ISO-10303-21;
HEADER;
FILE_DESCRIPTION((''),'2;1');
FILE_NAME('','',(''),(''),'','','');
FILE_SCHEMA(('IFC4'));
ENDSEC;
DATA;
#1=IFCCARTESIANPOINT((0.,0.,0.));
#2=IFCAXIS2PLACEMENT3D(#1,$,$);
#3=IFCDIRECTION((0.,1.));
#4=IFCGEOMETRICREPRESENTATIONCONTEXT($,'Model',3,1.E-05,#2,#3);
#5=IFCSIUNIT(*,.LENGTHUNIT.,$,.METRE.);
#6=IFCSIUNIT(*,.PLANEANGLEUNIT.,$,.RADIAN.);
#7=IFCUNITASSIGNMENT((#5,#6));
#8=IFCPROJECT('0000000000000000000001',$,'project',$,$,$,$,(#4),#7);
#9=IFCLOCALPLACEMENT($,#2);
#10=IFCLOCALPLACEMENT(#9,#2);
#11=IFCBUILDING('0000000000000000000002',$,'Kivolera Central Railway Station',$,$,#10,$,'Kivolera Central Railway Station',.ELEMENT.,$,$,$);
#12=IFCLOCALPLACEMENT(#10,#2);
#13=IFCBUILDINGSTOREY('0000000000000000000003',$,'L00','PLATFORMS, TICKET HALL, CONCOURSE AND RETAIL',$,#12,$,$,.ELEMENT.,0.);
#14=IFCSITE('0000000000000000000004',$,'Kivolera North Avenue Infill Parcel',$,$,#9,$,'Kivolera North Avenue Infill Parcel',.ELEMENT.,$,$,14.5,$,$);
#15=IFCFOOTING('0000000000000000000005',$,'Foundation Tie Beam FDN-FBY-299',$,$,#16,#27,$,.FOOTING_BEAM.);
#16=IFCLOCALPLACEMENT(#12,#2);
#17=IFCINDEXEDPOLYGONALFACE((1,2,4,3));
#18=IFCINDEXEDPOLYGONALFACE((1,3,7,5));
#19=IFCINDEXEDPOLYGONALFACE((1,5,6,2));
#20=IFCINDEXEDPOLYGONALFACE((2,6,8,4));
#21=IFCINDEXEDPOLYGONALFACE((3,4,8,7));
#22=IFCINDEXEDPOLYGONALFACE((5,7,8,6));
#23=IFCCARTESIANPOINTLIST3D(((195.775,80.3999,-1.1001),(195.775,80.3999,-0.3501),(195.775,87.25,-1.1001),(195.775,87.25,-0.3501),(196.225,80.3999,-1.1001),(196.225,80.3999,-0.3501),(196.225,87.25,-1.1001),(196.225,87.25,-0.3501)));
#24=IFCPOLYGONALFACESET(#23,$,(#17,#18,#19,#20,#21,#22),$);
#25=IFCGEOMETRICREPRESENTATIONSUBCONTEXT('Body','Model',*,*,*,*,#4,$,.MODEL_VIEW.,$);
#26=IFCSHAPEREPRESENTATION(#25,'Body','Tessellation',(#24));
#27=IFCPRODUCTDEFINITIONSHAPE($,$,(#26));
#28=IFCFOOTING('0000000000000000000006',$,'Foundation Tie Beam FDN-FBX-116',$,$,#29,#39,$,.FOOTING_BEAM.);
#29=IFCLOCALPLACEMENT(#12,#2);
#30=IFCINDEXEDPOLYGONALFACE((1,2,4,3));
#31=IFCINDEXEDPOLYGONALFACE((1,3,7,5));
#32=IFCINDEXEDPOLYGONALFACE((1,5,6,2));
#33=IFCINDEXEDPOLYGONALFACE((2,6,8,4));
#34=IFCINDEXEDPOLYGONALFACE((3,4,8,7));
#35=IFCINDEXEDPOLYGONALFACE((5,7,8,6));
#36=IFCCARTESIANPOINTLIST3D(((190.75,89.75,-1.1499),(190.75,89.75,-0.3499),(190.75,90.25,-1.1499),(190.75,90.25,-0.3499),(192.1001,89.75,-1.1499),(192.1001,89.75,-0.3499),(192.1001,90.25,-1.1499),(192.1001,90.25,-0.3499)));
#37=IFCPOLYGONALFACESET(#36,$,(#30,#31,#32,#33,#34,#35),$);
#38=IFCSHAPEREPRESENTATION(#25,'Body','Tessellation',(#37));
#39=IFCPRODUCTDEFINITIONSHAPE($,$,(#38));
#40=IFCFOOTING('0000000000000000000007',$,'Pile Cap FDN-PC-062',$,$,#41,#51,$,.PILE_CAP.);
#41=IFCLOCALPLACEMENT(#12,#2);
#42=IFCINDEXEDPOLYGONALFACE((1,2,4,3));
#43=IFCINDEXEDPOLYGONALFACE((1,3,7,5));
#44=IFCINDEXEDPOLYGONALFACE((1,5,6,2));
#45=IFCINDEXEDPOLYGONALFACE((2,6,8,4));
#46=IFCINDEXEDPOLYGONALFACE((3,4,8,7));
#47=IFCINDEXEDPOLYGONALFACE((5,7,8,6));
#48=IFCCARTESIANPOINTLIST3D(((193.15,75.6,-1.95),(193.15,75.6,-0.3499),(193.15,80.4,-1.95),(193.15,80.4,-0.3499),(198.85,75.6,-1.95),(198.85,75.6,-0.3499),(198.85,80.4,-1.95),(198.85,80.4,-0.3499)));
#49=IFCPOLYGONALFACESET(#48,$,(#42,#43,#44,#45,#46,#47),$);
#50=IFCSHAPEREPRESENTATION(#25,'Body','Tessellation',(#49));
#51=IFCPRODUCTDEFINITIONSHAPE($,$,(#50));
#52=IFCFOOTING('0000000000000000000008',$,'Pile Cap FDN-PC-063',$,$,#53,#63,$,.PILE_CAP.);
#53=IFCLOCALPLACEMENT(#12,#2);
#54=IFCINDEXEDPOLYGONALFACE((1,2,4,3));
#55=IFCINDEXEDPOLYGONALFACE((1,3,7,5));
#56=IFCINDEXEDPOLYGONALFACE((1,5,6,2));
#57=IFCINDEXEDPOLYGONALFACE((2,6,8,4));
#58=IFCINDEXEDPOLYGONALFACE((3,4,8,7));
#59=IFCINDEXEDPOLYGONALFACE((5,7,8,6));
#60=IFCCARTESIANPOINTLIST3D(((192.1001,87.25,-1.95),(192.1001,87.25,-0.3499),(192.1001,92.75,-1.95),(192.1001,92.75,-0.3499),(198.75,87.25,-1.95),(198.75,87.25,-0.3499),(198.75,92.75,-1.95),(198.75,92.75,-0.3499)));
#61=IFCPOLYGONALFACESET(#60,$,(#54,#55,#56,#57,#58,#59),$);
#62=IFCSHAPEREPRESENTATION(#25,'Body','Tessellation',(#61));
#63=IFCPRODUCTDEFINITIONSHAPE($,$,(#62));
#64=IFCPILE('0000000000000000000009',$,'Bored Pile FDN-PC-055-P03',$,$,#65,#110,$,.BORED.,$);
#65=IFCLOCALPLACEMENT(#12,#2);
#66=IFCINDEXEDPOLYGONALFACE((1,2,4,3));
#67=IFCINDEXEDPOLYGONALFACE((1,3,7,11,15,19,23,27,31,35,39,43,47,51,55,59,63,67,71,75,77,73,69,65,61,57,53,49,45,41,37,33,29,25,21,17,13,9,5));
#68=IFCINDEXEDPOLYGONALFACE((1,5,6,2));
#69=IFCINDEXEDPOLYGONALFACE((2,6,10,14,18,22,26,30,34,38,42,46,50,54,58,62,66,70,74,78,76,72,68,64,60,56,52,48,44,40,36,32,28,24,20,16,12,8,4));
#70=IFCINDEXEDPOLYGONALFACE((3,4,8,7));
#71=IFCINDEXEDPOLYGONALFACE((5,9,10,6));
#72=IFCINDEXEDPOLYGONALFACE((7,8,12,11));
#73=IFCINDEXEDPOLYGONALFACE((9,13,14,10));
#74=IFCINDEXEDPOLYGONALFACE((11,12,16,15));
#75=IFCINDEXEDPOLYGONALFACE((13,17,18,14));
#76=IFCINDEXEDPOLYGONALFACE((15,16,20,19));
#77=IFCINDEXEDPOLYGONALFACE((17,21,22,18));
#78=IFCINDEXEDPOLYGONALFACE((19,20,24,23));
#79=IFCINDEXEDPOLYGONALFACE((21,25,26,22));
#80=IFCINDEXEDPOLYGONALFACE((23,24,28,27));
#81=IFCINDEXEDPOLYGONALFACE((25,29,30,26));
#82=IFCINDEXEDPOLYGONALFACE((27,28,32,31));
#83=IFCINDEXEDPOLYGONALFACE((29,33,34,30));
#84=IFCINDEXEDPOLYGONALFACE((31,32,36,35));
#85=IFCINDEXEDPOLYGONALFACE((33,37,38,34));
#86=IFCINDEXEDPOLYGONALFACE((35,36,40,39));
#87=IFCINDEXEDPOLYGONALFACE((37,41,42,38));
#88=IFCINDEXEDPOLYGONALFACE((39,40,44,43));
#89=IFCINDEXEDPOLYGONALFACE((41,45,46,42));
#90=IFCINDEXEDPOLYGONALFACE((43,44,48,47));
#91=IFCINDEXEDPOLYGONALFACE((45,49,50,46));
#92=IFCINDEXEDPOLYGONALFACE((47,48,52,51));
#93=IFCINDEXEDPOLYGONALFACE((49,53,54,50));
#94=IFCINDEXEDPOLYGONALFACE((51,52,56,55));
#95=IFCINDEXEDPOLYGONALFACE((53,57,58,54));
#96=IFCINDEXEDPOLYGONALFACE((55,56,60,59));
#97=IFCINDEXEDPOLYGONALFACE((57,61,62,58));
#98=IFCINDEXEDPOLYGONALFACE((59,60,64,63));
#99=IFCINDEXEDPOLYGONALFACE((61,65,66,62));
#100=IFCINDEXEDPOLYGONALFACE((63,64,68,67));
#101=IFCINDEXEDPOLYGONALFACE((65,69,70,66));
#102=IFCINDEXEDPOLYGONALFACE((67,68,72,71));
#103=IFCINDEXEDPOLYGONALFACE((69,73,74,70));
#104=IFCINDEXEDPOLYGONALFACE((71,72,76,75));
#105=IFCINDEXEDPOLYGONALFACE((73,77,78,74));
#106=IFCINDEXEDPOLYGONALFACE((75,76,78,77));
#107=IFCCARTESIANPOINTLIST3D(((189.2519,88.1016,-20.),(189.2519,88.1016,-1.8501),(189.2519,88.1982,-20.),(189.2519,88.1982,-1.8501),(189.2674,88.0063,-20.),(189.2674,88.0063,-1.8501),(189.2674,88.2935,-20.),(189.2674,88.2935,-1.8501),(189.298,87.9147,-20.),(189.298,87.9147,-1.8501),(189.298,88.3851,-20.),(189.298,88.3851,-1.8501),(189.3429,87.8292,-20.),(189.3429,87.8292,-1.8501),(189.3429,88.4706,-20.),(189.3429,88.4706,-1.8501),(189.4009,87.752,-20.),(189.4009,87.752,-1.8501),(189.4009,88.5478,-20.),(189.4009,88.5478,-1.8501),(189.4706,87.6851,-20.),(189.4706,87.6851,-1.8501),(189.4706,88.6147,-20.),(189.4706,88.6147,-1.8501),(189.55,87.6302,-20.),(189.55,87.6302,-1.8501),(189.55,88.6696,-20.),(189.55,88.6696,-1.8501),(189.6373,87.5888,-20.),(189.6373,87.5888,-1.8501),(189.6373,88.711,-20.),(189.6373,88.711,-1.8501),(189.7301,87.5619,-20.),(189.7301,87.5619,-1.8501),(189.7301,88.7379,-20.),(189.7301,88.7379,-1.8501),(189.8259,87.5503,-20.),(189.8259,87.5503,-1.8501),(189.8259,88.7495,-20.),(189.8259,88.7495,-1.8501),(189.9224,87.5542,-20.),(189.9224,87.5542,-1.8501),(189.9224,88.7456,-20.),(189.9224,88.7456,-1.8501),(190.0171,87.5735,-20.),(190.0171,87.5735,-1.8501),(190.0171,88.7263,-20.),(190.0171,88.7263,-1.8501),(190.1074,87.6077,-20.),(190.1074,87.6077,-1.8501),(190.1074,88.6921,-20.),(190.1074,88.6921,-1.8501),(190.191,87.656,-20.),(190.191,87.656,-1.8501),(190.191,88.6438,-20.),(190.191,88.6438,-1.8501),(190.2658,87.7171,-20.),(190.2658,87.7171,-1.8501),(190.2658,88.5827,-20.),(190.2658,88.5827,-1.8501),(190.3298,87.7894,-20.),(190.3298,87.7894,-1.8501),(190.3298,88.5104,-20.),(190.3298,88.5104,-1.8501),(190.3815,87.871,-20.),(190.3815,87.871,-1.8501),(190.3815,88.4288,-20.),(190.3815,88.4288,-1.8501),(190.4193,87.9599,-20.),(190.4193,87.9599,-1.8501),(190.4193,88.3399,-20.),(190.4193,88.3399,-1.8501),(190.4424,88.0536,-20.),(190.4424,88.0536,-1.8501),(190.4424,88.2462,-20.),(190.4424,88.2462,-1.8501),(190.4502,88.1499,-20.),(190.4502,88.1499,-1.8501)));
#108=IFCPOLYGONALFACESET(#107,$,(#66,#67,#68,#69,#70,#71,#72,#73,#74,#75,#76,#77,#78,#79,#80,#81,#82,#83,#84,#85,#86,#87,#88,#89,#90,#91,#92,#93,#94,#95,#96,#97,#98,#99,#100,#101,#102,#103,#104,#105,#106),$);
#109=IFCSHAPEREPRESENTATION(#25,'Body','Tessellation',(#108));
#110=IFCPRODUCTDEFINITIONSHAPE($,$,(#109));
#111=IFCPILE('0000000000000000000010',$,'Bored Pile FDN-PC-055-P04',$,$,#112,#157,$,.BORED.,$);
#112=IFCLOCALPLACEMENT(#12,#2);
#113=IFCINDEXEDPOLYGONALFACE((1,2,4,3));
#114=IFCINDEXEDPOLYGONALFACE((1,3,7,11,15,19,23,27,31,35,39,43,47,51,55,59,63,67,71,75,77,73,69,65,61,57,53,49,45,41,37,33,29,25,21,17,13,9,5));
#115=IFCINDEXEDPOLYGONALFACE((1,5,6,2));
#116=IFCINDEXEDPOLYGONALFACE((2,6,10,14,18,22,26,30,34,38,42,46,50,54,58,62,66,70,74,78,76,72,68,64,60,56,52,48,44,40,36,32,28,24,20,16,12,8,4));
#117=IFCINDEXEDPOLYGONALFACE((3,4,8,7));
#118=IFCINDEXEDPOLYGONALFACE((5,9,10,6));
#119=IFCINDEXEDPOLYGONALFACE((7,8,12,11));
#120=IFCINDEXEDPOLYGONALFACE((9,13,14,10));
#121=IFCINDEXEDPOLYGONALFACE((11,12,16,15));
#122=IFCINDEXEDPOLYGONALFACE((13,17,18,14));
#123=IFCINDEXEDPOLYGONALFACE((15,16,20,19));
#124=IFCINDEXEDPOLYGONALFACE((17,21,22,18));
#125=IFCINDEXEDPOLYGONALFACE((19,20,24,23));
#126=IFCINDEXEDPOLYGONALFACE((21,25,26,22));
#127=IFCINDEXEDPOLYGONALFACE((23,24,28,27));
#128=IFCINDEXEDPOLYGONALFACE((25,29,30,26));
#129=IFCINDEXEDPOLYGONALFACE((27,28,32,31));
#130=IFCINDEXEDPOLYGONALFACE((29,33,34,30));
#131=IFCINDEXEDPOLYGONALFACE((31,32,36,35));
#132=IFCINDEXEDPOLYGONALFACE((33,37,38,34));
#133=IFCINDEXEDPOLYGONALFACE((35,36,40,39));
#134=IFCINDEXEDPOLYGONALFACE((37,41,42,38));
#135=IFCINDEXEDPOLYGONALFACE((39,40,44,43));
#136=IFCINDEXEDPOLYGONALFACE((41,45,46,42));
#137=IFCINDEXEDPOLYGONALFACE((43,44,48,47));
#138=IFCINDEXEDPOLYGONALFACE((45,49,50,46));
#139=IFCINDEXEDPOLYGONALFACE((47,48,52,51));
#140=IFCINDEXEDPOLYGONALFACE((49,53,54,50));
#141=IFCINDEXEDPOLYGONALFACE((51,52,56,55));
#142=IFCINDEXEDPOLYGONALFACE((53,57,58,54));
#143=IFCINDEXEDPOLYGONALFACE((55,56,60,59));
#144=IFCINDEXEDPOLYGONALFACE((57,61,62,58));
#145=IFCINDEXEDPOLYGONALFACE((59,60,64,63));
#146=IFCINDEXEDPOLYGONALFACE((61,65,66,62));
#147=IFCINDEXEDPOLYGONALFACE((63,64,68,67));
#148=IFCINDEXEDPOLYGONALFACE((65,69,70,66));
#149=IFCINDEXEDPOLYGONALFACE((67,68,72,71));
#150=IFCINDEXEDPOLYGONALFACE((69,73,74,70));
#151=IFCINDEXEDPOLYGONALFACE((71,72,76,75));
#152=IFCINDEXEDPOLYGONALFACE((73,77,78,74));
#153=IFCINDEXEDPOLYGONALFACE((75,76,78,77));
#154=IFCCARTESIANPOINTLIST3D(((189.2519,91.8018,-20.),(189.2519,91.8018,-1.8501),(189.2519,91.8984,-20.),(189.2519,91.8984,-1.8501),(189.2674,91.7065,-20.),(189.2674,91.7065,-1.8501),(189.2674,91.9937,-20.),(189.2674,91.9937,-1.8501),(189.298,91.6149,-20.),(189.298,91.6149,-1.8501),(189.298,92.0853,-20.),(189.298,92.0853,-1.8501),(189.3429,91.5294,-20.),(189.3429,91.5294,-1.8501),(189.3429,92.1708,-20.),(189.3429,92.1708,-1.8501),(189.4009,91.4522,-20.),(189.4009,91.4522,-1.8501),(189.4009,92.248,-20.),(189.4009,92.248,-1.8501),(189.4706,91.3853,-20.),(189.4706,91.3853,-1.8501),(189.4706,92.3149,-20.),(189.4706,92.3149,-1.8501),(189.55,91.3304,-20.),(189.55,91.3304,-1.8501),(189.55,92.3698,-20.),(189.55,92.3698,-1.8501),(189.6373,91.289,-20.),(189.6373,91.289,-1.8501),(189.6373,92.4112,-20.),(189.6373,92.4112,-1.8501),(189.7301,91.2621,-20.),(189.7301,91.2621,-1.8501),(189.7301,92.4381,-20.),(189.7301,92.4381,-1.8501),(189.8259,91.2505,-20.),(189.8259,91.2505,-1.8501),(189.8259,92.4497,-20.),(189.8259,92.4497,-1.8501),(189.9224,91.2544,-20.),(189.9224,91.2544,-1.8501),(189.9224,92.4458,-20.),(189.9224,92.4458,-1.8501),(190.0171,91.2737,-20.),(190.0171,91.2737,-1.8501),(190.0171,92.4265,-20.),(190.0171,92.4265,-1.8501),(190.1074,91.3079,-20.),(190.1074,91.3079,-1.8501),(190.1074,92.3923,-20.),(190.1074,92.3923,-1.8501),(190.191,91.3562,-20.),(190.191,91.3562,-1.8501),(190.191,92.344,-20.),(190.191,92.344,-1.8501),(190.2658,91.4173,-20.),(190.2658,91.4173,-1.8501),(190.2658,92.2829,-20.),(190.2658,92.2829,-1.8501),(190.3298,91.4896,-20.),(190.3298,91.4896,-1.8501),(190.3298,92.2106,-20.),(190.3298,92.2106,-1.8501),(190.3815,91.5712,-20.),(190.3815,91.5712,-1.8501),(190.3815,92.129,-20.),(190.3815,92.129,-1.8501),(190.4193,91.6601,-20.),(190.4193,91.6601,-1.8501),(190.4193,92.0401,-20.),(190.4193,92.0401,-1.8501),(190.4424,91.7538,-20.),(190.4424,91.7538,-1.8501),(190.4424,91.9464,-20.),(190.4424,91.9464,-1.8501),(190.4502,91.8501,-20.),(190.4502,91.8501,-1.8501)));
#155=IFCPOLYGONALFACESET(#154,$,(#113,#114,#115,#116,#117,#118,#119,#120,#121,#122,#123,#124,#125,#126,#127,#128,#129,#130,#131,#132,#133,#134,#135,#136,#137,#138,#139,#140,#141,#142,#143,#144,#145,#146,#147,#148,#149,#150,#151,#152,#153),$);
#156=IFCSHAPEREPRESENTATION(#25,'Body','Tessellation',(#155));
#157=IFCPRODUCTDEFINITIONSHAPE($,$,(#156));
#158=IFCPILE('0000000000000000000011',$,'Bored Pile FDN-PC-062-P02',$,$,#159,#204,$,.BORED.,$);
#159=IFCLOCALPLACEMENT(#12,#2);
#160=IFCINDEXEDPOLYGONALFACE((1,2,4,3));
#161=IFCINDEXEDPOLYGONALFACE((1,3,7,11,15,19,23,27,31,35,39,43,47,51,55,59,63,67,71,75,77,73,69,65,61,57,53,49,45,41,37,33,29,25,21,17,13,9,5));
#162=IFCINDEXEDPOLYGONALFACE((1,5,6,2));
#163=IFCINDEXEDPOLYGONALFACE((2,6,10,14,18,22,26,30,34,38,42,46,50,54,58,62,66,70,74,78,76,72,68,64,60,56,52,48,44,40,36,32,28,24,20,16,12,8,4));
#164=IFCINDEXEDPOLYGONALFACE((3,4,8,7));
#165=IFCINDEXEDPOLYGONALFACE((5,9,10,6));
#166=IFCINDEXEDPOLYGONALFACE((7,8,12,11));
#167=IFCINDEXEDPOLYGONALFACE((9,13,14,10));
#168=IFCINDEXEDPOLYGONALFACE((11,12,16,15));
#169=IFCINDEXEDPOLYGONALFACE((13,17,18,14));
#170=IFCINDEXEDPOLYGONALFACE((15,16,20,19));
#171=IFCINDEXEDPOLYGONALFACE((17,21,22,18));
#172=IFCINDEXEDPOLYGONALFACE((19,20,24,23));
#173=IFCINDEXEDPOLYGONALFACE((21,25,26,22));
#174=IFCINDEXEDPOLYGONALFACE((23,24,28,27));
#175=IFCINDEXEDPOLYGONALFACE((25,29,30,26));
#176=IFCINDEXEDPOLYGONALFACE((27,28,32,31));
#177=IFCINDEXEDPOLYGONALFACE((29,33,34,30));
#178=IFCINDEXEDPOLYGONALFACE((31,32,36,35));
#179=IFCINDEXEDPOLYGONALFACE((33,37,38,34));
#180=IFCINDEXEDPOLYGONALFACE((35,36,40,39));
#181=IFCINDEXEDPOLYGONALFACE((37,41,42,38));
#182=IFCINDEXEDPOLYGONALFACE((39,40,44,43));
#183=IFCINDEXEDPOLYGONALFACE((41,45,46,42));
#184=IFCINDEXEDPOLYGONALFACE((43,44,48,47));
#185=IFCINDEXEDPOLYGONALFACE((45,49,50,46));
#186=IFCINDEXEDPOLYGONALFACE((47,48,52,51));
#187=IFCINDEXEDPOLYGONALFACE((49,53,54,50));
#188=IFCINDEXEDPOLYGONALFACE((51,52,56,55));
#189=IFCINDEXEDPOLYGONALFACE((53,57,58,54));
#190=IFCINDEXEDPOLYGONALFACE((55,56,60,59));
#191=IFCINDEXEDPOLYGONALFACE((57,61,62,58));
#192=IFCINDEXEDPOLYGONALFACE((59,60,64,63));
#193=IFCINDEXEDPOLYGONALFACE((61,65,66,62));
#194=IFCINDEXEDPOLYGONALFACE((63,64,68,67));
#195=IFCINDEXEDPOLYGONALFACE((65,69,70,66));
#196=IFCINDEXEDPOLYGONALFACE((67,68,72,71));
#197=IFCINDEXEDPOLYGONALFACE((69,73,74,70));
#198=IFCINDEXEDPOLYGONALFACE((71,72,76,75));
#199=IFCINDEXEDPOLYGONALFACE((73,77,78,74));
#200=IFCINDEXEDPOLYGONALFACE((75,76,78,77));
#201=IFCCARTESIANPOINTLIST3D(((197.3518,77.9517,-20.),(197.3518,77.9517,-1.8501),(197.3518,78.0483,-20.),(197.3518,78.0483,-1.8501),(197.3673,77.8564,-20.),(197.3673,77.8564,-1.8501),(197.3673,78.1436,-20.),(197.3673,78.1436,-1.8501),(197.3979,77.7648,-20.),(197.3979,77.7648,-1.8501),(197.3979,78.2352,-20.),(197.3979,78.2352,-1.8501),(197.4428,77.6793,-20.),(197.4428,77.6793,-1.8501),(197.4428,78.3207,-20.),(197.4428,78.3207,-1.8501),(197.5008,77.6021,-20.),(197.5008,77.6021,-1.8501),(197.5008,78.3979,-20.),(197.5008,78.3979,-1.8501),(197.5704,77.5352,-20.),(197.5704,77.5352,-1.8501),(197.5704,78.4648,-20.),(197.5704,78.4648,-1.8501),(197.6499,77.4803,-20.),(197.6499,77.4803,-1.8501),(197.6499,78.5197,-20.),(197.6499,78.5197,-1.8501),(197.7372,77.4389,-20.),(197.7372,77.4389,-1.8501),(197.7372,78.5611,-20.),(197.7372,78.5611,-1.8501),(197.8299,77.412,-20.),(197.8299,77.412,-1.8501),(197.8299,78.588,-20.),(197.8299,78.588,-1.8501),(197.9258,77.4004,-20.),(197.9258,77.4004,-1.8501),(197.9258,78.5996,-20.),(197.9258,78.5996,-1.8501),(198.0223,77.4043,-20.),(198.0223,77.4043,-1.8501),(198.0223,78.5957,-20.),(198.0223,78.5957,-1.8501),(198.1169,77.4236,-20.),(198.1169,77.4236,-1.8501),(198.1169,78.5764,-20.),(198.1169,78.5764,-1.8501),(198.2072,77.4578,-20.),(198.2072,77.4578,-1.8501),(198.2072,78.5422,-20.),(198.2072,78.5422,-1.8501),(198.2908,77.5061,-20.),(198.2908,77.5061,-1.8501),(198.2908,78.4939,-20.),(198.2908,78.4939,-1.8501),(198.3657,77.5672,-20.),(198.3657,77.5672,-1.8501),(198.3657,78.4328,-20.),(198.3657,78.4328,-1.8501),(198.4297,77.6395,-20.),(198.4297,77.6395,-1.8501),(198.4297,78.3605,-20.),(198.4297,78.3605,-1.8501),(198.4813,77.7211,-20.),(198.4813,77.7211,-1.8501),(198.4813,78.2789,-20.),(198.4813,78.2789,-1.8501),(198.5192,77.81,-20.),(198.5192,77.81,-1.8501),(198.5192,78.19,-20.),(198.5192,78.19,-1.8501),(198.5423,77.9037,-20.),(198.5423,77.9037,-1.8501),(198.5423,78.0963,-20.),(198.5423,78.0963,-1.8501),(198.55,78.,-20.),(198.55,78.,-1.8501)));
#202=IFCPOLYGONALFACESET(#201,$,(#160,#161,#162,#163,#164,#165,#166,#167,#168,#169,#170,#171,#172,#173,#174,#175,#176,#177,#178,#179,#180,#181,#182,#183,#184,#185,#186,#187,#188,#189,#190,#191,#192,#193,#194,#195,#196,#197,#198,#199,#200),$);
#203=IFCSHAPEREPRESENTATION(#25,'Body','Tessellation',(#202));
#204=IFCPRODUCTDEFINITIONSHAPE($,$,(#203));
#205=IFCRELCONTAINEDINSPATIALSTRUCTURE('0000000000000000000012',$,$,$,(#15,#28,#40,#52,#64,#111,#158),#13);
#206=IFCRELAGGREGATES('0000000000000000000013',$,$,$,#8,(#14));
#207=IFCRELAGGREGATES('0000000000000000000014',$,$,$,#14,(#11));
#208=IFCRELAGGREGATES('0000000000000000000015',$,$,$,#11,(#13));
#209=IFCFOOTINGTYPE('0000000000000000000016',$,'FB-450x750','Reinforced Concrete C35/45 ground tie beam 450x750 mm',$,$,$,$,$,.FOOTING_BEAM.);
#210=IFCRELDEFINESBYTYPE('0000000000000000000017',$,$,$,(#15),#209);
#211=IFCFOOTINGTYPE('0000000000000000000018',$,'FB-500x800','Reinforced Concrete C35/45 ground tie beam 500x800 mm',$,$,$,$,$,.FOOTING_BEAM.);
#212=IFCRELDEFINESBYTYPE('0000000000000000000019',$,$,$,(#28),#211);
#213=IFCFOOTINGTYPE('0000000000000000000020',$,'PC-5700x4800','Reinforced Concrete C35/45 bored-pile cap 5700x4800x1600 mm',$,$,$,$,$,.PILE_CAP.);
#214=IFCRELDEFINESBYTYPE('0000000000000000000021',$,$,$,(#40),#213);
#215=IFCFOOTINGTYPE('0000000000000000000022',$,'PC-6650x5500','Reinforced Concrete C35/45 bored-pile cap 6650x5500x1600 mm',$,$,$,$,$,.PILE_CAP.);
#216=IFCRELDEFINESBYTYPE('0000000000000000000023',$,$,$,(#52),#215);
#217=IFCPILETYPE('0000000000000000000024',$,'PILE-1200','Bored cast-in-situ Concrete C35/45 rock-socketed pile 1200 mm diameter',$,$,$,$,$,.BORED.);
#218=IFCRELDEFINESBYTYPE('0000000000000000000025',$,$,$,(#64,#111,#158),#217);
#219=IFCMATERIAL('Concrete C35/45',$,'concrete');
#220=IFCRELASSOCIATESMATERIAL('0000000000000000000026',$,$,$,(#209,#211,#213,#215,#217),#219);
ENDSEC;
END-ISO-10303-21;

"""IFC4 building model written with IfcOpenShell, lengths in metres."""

from ifc_helpers import new_model, si_unit, direction, frame, origin, origin_2d, place, context, subcontext, project, spatial, rectangle, circle, extrude, material, material_profile, profile_set, type_object, element, save


model = new_model("IFC4")

# Units and contexts
model_context = context("Model", 3, precision=1e-05, world=origin(), true_north=direction((0.0, 1.0)))
body_context = subcontext(model_context, "Body", "Model", "MODEL_VIEW")
ifc_project = project(units=[si_unit("LENGTHUNIT", "METRE"), si_unit("PLANEANGLEUNIT", "RADIAN")], contexts=[model_context])

# Site, building, storey
site_placement = place(None, origin())
site = spatial("IfcSite", under=ifc_project, at=site_placement, Name="Kivolera North Avenue Infill Parcel", LongName="Kivolera North Avenue Infill Parcel", CompositionType="ELEMENT", RefElevation=14.5)
building_placement = place(site_placement, origin())
building = spatial("IfcBuilding", under=site, at=building_placement, Name="Kivolera Central Railway Station", LongName="Kivolera Central Railway Station", CompositionType="ELEMENT")
storey_placement = place(building_placement, origin())
storey = spatial("IfcBuildingStorey", under=building, at=storey_placement, Name="L00", Description="PLATFORMS, TICKET HALL, CONCOURSE AND RETAIL", CompositionType="ELEMENT", Elevation=0.0)

# Footings
ifc_material_1 = material(Name="Concrete C35/45", Category="concrete")
footing_type_1 = type_object("IfcFootingType", Name="FB-450x750", Description="Reinforced Concrete C35/45 ground tie beam 450x750 mm", PredefinedType="FOOTING_BEAM", material=ifc_material_1)
footing_1_placement = place(storey_placement, frame((196.0, 83.825, -1.1001), z_axis=(0.0, 0.0, 1.0), x_axis=(1.0, 0.0, 0.0)))
element("IfcFooting", 1, at=footing_1_placement, inside=storey, type_object=footing_type_1, Name="Foundation Tie Beam FDN-FBY-299", PredefinedType="FOOTING_BEAM", context=body_context, shape_type="SweptSolid", body=[
    extrude(rectangle(XDim=0.45, YDim=6.8501, at=origin_2d()), origin(), (0.0, 0.0, 1.0), 0.75),
])
footing_type_2 = type_object("IfcFootingType", Name="FB-500x800", Description="Reinforced Concrete C35/45 ground tie beam 500x800 mm", PredefinedType="FOOTING_BEAM", material=ifc_material_1)
footing_2_placement = place(storey_placement, frame((191.425, 90.0, -1.1499), z_axis=(0.0, 0.0, 1.0), x_axis=(1.0, 0.0, 0.0)))
element("IfcFooting", 2, at=footing_2_placement, inside=storey, type_object=footing_type_2, Name="Foundation Tie Beam FDN-FBX-116", PredefinedType="FOOTING_BEAM", context=body_context, shape_type="SweptSolid", body=[
    extrude(rectangle(XDim=1.3501, YDim=0.5, at=origin_2d()), origin(), (0.0, 0.0, 1.0), 0.8),
])
footing_type_3 = type_object("IfcFootingType", Name="PC-5700x4800", Description="Reinforced Concrete C35/45 bored-pile cap 5700x4800x1600 mm", PredefinedType="PILE_CAP", material=ifc_material_1)
footing_3_placement = place(storey_placement, frame((196.0, 78.0, -1.95), z_axis=(0.0, 0.0, 1.0), x_axis=(1.0, 0.0, 0.0)))
element("IfcFooting", 3, at=footing_3_placement, inside=storey, type_object=footing_type_3, Name="Pile Cap FDN-PC-062", PredefinedType="PILE_CAP", context=body_context, shape_type="SweptSolid", body=[
    extrude(rectangle(XDim=5.7, YDim=4.8, at=origin_2d()), origin(), (0.0, 0.0, 1.0), 1.6001),
])
footing_type_4 = type_object("IfcFootingType", Name="PC-6650x5500", Description="Reinforced Concrete C35/45 bored-pile cap 6650x5500x1600 mm", PredefinedType="PILE_CAP", material=ifc_material_1)
footing_4_placement = place(storey_placement, frame((195.425, 90.0, -1.95), z_axis=(0.0, 0.0, 1.0), x_axis=(1.0, 0.0, 0.0)))
element("IfcFooting", 4, at=footing_4_placement, inside=storey, type_object=footing_type_4, Name="Pile Cap FDN-PC-063", PredefinedType="PILE_CAP", context=body_context, shape_type="SweptSolid", body=[
    extrude(rectangle(XDim=6.6499, YDim=5.5, at=origin_2d()), origin(), (0.0, 0.0, 1.0), 1.6001),
])

# Piles
ifc_material_profile_1 = material_profile(ifc_material_1, circle(Radius=0.6001, at=origin_2d()), Name="PILE D1200")
ifc_profile_set_1 = profile_set([ifc_material_profile_1], Name="Concrete C35/45")
pile_type = type_object("IfcPileType", Name="PILE-1200", Description="Bored cast-in-situ Concrete C35/45 rock-socketed pile 1200 mm diameter", PredefinedType="BORED", material=ifc_profile_set_1)
for number, where, z_axis, x_axis, name in (
    (5, (189.8501, 88.1499, -1.8501), (0.0, 0.0, -1.0), (1.0, 0.0, 0.0), "Bored Pile FDN-PC-055-P03"),
    (6, (189.8501, 91.8501, -1.8501), (0.0, 0.0, -1.0), (1.0, 0.0, 0.0), "Bored Pile FDN-PC-055-P04"),
    (7, (197.95, 78.0, -1.8501), (0.0, 0.0, -1.0), (1.0, 0.0, 0.0), "Bored Pile FDN-PC-062-P02"),
):
    element("IfcPile", number, at=place(storey_placement, frame(where, z_axis=z_axis, x_axis=x_axis)), inside=storey, type_object=pile_type, Name=name, PredefinedType="BORED", context=body_context, shape_type="SweptSolid", body=[
        extrude(circle(Radius=0.6001, at=origin_2d()), origin(), (0.0, 0.0, 1.0), 18.1499),
    ])

save(model, "model.ifc")
